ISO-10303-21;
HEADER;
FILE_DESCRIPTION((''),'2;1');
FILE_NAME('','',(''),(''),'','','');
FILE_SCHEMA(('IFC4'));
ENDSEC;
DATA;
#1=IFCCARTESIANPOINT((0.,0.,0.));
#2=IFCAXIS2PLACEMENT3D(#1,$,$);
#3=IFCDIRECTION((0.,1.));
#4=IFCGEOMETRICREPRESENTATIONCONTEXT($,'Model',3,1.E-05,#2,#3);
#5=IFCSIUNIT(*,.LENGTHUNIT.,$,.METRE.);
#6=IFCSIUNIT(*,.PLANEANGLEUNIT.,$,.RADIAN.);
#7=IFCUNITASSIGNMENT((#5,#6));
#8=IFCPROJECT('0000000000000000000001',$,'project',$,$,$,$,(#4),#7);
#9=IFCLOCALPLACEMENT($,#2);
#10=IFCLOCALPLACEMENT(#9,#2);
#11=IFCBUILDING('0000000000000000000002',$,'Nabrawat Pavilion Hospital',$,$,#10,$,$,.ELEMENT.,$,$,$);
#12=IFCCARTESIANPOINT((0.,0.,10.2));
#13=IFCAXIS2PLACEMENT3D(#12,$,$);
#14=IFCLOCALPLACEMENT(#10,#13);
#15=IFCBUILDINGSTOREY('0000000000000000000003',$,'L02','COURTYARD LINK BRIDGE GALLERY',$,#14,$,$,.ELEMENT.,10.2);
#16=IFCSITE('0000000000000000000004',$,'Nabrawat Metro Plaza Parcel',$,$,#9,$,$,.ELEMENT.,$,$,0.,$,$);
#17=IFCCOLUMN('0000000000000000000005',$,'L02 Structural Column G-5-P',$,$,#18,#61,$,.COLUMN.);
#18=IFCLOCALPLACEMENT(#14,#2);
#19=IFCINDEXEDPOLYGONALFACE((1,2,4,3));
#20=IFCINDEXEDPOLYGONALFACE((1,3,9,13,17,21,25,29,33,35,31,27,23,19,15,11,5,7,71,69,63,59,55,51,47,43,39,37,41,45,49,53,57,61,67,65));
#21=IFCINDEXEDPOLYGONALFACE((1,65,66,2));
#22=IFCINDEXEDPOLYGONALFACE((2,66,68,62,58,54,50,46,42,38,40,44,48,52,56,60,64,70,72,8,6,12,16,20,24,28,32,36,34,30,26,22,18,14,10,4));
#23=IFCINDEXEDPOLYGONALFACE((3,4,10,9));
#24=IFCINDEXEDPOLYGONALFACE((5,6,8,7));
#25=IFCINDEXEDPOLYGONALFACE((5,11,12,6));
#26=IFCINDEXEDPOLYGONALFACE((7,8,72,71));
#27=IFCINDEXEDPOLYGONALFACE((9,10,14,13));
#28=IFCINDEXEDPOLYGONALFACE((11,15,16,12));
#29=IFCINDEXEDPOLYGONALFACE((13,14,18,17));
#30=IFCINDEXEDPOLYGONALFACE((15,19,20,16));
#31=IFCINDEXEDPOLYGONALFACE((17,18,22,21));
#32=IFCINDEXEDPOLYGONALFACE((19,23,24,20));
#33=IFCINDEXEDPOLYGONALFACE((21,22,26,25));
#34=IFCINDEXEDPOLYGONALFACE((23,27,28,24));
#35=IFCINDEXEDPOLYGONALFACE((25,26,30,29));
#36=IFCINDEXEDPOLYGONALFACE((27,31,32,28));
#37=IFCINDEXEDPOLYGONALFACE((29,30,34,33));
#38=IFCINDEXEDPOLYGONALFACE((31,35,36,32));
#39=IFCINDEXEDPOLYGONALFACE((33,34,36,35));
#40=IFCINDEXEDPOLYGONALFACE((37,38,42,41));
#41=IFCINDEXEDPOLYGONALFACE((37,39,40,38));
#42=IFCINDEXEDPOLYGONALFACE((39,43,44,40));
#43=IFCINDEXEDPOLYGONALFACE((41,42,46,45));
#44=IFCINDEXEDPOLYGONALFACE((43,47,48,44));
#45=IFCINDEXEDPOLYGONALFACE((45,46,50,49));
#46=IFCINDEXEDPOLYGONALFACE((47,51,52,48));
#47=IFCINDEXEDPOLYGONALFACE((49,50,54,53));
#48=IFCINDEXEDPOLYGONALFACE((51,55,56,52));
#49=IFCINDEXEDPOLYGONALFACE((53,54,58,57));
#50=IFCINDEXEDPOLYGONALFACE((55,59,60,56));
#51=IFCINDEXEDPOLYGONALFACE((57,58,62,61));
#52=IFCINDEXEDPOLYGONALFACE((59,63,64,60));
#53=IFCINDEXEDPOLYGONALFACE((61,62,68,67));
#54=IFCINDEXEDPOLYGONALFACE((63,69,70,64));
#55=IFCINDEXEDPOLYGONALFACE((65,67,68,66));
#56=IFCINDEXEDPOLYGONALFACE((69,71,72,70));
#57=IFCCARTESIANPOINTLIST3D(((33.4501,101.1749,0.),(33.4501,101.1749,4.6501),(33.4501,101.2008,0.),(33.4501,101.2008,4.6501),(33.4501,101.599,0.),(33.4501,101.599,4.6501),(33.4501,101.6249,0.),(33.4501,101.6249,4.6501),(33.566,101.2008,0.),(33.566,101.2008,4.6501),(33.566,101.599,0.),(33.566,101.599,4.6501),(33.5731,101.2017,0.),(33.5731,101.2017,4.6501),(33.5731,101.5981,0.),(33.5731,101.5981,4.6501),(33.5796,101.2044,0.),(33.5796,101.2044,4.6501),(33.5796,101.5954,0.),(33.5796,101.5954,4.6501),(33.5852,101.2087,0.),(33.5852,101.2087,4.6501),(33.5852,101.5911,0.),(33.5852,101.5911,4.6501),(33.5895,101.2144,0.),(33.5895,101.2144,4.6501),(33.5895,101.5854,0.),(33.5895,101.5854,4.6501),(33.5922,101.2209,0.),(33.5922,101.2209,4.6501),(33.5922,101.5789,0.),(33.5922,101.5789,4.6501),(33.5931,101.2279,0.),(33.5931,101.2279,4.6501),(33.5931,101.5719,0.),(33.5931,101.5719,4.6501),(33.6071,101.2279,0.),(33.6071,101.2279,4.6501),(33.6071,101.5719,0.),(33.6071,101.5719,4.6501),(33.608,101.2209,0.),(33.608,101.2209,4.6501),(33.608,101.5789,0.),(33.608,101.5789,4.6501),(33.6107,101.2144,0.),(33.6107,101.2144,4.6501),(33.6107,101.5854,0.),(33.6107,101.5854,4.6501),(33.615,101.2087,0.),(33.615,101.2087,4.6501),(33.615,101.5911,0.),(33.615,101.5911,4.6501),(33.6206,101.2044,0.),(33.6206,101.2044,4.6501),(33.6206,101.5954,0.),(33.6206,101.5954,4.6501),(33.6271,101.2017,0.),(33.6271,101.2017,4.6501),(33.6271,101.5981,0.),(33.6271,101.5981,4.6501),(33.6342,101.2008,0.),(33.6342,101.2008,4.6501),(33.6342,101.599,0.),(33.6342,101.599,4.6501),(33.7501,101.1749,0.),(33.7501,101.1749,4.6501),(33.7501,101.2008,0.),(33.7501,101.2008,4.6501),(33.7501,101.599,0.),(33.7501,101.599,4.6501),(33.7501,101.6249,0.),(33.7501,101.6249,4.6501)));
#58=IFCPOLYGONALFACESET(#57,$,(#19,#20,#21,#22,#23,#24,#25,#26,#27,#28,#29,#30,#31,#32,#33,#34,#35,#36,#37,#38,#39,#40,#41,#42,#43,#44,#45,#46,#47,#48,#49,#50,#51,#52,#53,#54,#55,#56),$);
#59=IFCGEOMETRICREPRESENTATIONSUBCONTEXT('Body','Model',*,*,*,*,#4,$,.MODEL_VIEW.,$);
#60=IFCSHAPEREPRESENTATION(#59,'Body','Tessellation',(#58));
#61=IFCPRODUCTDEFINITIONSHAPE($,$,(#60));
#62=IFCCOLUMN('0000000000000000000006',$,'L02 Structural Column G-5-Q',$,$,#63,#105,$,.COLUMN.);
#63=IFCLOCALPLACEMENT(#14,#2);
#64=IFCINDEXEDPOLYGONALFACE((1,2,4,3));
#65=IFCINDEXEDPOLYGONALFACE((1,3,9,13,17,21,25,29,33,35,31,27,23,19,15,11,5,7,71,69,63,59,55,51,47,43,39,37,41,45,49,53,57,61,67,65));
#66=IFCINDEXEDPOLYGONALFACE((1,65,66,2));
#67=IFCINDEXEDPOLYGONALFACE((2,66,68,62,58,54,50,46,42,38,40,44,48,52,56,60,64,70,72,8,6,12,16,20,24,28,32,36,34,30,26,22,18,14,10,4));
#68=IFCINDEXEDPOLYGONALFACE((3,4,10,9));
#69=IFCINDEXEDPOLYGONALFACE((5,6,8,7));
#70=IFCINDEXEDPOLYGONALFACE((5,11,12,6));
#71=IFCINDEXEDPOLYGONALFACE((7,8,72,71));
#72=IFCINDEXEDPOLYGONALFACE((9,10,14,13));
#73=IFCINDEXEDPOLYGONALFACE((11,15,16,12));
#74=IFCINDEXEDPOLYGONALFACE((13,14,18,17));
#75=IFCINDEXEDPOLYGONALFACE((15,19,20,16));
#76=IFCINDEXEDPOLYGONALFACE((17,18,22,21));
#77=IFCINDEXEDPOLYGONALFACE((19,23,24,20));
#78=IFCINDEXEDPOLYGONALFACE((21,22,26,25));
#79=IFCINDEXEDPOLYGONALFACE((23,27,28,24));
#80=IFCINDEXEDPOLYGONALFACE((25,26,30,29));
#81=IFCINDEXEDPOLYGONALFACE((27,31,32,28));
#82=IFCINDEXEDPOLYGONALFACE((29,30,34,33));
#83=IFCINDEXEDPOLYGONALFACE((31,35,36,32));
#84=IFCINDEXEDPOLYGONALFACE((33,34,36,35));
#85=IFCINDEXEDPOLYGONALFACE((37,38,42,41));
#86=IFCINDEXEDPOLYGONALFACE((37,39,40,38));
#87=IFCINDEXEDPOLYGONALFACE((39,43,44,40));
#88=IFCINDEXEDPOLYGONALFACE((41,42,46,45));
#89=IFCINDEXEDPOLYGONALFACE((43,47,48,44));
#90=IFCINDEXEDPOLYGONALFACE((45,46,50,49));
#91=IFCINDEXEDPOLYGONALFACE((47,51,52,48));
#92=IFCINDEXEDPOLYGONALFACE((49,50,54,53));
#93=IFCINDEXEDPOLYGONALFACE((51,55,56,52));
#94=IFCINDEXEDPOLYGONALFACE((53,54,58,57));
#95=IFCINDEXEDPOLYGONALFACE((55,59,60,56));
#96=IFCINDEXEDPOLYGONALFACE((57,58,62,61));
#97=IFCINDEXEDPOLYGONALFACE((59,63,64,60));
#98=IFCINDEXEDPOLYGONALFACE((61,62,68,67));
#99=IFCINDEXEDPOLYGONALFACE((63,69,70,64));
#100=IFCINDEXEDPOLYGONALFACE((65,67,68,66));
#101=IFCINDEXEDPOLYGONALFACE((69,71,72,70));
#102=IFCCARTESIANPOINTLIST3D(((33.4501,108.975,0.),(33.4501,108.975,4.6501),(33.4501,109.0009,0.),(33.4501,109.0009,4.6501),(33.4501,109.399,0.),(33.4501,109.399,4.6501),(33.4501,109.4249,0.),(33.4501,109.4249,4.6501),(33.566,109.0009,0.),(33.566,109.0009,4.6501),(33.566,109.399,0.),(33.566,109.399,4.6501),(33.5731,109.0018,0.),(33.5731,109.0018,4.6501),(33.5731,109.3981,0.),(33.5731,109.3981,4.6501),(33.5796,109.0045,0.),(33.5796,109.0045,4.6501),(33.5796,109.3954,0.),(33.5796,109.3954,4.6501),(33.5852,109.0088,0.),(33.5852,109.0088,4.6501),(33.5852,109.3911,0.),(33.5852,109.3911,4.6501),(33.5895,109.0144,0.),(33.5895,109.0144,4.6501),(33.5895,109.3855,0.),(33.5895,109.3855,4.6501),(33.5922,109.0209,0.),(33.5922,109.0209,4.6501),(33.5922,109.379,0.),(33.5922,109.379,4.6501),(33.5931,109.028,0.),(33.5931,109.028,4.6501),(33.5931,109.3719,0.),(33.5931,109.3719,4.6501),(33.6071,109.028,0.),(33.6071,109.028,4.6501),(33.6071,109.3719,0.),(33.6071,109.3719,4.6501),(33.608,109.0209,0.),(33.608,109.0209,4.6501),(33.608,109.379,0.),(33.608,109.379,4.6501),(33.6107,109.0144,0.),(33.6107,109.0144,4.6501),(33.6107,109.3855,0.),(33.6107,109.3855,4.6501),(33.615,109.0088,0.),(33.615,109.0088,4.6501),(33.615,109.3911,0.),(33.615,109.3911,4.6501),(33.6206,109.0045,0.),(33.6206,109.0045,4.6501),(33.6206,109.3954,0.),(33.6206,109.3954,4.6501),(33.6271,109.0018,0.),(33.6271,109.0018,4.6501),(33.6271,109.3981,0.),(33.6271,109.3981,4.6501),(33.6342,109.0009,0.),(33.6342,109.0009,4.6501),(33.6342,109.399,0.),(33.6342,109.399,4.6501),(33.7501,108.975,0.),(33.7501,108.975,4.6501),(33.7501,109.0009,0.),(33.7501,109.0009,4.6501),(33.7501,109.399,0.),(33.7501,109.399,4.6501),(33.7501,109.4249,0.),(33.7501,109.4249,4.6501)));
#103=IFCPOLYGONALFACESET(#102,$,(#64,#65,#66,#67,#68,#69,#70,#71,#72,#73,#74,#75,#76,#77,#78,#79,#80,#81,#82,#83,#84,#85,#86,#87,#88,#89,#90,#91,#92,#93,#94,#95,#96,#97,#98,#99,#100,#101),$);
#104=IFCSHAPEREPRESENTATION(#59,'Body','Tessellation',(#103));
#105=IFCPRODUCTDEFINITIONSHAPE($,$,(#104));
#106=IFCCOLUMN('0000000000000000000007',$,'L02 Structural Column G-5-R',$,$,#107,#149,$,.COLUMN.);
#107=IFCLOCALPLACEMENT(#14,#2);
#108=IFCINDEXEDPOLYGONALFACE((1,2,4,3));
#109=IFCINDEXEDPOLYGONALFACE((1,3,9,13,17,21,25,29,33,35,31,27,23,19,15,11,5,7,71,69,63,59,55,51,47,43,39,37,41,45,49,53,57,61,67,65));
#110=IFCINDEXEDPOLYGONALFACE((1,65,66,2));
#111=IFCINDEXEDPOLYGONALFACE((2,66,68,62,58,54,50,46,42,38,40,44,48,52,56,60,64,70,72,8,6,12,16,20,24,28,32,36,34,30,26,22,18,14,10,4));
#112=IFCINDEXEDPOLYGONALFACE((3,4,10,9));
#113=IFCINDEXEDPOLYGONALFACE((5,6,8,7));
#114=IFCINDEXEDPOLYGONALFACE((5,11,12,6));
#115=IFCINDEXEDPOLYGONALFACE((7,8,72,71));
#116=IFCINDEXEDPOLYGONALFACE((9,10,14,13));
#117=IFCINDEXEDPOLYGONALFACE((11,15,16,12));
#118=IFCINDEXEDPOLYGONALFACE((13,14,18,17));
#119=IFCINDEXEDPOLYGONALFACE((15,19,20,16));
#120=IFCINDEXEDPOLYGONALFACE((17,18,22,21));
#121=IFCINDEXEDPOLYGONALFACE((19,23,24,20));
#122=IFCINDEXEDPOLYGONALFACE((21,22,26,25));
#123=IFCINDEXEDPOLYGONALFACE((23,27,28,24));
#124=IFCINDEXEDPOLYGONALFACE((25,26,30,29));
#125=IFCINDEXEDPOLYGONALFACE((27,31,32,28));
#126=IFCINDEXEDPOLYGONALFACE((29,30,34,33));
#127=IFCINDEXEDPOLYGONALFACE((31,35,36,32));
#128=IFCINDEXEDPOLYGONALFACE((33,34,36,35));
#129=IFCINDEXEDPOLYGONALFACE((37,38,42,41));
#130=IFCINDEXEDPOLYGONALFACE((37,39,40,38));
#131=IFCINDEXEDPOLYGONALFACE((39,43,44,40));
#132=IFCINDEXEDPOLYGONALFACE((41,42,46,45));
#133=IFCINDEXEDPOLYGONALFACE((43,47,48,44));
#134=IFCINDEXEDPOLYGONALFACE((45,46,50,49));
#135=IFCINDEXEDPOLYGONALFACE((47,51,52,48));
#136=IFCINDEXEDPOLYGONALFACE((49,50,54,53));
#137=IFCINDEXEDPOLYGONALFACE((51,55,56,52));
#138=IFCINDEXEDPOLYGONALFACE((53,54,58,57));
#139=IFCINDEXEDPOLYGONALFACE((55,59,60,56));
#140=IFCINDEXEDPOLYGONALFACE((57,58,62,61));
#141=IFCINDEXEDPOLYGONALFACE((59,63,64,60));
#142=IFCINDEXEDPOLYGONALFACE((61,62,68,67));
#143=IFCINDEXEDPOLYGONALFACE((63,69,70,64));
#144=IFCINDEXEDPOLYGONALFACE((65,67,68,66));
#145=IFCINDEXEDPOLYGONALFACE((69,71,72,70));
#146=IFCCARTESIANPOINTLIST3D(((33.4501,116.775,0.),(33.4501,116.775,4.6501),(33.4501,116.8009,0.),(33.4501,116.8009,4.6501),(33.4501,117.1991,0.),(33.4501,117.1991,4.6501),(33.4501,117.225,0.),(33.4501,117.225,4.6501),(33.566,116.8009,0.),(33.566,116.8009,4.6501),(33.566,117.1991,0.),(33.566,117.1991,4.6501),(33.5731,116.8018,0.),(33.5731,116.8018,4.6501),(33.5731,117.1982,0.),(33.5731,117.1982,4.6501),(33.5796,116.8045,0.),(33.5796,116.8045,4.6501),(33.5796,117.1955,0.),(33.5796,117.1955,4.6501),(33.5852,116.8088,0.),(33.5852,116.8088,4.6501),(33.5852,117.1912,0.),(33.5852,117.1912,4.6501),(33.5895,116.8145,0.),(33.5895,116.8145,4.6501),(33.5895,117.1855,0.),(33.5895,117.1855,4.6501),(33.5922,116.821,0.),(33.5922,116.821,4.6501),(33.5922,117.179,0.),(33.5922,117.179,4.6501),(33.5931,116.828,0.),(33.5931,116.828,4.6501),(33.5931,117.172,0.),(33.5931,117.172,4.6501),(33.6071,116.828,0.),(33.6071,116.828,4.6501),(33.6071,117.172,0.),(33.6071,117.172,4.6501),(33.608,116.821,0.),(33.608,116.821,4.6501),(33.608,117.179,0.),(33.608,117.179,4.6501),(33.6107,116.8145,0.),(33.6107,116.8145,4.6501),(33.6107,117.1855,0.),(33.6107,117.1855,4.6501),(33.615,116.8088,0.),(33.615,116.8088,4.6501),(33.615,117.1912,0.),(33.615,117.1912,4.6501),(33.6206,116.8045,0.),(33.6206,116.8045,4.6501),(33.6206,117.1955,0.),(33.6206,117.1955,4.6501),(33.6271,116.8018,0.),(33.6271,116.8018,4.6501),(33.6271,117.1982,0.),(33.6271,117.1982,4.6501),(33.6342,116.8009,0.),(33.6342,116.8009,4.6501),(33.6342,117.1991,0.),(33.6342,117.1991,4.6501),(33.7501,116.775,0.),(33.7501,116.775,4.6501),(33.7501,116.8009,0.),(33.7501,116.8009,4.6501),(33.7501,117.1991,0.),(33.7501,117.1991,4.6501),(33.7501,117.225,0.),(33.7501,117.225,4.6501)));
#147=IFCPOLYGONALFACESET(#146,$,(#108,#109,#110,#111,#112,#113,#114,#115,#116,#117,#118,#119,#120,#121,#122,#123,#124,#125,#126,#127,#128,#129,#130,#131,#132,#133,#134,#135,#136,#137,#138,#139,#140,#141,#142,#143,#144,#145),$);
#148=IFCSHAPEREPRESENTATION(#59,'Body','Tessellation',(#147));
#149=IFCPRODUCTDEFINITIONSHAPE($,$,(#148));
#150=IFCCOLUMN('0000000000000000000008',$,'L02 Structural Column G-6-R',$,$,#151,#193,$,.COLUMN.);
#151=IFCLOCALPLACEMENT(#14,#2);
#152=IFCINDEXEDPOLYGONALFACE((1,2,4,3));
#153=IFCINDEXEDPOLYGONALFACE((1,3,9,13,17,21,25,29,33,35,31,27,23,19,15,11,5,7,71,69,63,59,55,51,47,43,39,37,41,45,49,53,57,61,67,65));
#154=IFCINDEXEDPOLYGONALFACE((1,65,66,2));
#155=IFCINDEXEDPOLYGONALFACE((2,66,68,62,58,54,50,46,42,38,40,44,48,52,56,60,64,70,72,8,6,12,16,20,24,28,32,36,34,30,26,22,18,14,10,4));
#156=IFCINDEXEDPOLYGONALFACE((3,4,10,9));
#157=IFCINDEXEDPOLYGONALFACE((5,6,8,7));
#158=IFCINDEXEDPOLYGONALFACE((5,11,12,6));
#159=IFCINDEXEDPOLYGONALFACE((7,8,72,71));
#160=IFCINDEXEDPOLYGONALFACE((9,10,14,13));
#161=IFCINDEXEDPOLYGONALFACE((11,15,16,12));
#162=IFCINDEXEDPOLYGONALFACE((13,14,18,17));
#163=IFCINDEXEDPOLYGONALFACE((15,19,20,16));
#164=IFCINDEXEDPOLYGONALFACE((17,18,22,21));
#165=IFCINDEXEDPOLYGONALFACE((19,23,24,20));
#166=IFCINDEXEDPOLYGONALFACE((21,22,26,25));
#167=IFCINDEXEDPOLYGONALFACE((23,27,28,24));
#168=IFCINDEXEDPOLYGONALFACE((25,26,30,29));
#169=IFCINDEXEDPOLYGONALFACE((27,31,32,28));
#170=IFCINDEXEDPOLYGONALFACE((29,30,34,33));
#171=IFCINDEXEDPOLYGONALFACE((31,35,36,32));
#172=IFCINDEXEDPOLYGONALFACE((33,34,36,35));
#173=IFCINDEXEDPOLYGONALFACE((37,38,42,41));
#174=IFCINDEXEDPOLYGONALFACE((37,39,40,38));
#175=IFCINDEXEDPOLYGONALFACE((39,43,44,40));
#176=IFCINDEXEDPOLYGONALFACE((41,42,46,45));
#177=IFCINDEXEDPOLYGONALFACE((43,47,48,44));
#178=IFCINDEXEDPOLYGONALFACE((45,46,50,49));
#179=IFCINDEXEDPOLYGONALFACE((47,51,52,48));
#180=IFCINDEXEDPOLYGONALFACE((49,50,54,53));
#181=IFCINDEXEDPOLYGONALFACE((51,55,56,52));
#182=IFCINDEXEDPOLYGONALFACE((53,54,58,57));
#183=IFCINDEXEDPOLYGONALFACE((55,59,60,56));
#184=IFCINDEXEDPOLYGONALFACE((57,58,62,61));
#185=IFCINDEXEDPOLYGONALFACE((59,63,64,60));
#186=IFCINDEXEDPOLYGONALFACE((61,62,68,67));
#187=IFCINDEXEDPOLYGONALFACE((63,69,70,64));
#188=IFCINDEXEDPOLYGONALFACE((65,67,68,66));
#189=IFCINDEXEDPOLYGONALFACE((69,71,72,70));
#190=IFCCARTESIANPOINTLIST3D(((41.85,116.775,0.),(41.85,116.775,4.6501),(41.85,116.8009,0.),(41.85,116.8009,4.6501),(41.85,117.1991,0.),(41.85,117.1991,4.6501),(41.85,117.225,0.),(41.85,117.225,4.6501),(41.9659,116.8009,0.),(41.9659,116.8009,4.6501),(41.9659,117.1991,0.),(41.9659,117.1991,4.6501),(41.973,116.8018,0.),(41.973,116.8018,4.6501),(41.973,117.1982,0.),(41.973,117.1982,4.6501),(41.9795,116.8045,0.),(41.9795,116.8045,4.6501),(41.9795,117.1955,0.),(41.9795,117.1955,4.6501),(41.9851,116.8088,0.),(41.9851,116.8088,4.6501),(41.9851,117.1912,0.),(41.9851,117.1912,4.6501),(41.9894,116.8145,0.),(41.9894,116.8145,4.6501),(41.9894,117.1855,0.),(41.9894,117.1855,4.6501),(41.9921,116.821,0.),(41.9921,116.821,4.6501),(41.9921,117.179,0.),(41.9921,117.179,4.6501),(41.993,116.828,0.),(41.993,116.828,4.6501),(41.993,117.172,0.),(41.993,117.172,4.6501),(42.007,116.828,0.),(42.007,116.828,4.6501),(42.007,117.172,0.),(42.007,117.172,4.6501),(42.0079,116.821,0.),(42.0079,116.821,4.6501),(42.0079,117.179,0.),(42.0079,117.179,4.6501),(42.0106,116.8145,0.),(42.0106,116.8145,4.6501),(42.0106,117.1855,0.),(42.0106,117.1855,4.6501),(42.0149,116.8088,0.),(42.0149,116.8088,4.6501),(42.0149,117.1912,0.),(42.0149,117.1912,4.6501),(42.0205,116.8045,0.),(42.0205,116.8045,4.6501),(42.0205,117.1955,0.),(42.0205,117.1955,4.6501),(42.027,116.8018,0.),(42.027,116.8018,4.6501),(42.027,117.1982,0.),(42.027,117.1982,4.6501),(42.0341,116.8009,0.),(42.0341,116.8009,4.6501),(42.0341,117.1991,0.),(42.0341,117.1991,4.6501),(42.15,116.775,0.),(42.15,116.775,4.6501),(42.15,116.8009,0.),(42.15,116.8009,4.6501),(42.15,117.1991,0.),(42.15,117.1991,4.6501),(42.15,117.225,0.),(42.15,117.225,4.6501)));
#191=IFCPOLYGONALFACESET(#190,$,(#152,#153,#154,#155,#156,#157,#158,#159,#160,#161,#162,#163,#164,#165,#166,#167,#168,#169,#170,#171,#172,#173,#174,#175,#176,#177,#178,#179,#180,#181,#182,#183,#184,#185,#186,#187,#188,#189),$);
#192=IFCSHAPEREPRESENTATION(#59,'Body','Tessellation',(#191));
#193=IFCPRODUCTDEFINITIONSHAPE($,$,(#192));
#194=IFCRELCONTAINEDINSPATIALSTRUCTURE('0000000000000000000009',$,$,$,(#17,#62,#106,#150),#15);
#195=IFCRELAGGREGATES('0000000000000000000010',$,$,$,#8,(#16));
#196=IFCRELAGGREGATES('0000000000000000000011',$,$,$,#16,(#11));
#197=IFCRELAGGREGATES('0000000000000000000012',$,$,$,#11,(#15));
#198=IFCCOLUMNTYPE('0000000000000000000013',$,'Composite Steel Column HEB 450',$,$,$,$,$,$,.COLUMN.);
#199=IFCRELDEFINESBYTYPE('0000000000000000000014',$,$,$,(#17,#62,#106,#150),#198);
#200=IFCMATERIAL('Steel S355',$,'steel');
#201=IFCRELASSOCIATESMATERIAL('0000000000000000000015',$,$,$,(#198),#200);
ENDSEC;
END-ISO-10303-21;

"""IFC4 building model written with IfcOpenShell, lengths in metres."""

from ifc_helpers import new_model, si_unit, direction, frame, origin, origin_2d, place, context, subcontext, project, spatial, i_section, extrude, material, material_profile, profile_set, type_object, element, save


model = new_model("IFC4")

# Units and contexts
model_context = context("Model", 3, precision=1e-05, world=origin(), true_north=direction((0.0, 1.0)))
body_context = subcontext(model_context, "Body", "Model", "MODEL_VIEW")
ifc_project = project(units=[si_unit("LENGTHUNIT", "METRE"), si_unit("PLANEANGLEUNIT", "RADIAN")], contexts=[model_context])

# Site, building, storey
site_placement = place(None, origin())
site = spatial("IfcSite", under=ifc_project, at=site_placement, Name="Nabrawat Metro Plaza Parcel", CompositionType="ELEMENT", RefElevation=0.0)
building_placement = place(site_placement, origin())
building = spatial("IfcBuilding", under=site, at=building_placement, Name="Nabrawat Pavilion Hospital", CompositionType="ELEMENT")
storey_placement = place(building_placement, frame((0.0, 0.0, 10.2)))
storey = spatial("IfcBuildingStorey", under=building, at=storey_placement, Name="L02", Description="COURTYARD LINK BRIDGE GALLERY", CompositionType="ELEMENT", Elevation=10.2)

# Columns
ifc_material_1 = material(Name="Steel S355", Category="steel")
ifc_material_profile_1 = material_profile(ifc_material_1, i_section(OverallWidth=0.3, OverallDepth=0.45, WebThickness=0.0139, FlangeThickness=0.0259, FilletRadius=0.0271, at=origin_2d()), Name="HEB 450")
ifc_profile_set_1 = profile_set([ifc_material_profile_1], Name="Steel S355")
column_type = type_object("IfcColumnType", Name="Composite Steel Column HEB 450", PredefinedType="COLUMN", material=ifc_profile_set_1)
for number, where, z_axis, x_axis, name in (
    (1, (33.6001, 101.3999, 0.0), (0.0, 0.0, 1.0), (1.0, 0.0, 0.0), "L02 Structural Column G-5-P"),
    (2, (33.6001, 109.2, 0.0), (0.0, 0.0, 1.0), (1.0, 0.0, 0.0), "L02 Structural Column G-5-Q"),
    (3, (33.6001, 117.0, 0.0), (0.0, 0.0, 1.0), (1.0, 0.0, 0.0), "L02 Structural Column G-5-R"),
    (4, (42.0, 117.0, 0.0), (0.0, 0.0, 1.0), (1.0, 0.0, 0.0), "L02 Structural Column G-6-R"),
):
    element("IfcColumn", number, at=place(storey_placement, frame(where, z_axis=z_axis, x_axis=x_axis)), inside=storey, type_object=column_type, Name=name, PredefinedType="COLUMN", context=body_context, shape_type="SweptSolid", body=[
        extrude(i_section(OverallWidth=0.3, OverallDepth=0.45, WebThickness=0.0139, FlangeThickness=0.0259, FilletRadius=0.0271, at=origin_2d()), origin(), (0.0, 0.0, 1.0), 4.6501),
    ])

save(model, "model.ifc")
